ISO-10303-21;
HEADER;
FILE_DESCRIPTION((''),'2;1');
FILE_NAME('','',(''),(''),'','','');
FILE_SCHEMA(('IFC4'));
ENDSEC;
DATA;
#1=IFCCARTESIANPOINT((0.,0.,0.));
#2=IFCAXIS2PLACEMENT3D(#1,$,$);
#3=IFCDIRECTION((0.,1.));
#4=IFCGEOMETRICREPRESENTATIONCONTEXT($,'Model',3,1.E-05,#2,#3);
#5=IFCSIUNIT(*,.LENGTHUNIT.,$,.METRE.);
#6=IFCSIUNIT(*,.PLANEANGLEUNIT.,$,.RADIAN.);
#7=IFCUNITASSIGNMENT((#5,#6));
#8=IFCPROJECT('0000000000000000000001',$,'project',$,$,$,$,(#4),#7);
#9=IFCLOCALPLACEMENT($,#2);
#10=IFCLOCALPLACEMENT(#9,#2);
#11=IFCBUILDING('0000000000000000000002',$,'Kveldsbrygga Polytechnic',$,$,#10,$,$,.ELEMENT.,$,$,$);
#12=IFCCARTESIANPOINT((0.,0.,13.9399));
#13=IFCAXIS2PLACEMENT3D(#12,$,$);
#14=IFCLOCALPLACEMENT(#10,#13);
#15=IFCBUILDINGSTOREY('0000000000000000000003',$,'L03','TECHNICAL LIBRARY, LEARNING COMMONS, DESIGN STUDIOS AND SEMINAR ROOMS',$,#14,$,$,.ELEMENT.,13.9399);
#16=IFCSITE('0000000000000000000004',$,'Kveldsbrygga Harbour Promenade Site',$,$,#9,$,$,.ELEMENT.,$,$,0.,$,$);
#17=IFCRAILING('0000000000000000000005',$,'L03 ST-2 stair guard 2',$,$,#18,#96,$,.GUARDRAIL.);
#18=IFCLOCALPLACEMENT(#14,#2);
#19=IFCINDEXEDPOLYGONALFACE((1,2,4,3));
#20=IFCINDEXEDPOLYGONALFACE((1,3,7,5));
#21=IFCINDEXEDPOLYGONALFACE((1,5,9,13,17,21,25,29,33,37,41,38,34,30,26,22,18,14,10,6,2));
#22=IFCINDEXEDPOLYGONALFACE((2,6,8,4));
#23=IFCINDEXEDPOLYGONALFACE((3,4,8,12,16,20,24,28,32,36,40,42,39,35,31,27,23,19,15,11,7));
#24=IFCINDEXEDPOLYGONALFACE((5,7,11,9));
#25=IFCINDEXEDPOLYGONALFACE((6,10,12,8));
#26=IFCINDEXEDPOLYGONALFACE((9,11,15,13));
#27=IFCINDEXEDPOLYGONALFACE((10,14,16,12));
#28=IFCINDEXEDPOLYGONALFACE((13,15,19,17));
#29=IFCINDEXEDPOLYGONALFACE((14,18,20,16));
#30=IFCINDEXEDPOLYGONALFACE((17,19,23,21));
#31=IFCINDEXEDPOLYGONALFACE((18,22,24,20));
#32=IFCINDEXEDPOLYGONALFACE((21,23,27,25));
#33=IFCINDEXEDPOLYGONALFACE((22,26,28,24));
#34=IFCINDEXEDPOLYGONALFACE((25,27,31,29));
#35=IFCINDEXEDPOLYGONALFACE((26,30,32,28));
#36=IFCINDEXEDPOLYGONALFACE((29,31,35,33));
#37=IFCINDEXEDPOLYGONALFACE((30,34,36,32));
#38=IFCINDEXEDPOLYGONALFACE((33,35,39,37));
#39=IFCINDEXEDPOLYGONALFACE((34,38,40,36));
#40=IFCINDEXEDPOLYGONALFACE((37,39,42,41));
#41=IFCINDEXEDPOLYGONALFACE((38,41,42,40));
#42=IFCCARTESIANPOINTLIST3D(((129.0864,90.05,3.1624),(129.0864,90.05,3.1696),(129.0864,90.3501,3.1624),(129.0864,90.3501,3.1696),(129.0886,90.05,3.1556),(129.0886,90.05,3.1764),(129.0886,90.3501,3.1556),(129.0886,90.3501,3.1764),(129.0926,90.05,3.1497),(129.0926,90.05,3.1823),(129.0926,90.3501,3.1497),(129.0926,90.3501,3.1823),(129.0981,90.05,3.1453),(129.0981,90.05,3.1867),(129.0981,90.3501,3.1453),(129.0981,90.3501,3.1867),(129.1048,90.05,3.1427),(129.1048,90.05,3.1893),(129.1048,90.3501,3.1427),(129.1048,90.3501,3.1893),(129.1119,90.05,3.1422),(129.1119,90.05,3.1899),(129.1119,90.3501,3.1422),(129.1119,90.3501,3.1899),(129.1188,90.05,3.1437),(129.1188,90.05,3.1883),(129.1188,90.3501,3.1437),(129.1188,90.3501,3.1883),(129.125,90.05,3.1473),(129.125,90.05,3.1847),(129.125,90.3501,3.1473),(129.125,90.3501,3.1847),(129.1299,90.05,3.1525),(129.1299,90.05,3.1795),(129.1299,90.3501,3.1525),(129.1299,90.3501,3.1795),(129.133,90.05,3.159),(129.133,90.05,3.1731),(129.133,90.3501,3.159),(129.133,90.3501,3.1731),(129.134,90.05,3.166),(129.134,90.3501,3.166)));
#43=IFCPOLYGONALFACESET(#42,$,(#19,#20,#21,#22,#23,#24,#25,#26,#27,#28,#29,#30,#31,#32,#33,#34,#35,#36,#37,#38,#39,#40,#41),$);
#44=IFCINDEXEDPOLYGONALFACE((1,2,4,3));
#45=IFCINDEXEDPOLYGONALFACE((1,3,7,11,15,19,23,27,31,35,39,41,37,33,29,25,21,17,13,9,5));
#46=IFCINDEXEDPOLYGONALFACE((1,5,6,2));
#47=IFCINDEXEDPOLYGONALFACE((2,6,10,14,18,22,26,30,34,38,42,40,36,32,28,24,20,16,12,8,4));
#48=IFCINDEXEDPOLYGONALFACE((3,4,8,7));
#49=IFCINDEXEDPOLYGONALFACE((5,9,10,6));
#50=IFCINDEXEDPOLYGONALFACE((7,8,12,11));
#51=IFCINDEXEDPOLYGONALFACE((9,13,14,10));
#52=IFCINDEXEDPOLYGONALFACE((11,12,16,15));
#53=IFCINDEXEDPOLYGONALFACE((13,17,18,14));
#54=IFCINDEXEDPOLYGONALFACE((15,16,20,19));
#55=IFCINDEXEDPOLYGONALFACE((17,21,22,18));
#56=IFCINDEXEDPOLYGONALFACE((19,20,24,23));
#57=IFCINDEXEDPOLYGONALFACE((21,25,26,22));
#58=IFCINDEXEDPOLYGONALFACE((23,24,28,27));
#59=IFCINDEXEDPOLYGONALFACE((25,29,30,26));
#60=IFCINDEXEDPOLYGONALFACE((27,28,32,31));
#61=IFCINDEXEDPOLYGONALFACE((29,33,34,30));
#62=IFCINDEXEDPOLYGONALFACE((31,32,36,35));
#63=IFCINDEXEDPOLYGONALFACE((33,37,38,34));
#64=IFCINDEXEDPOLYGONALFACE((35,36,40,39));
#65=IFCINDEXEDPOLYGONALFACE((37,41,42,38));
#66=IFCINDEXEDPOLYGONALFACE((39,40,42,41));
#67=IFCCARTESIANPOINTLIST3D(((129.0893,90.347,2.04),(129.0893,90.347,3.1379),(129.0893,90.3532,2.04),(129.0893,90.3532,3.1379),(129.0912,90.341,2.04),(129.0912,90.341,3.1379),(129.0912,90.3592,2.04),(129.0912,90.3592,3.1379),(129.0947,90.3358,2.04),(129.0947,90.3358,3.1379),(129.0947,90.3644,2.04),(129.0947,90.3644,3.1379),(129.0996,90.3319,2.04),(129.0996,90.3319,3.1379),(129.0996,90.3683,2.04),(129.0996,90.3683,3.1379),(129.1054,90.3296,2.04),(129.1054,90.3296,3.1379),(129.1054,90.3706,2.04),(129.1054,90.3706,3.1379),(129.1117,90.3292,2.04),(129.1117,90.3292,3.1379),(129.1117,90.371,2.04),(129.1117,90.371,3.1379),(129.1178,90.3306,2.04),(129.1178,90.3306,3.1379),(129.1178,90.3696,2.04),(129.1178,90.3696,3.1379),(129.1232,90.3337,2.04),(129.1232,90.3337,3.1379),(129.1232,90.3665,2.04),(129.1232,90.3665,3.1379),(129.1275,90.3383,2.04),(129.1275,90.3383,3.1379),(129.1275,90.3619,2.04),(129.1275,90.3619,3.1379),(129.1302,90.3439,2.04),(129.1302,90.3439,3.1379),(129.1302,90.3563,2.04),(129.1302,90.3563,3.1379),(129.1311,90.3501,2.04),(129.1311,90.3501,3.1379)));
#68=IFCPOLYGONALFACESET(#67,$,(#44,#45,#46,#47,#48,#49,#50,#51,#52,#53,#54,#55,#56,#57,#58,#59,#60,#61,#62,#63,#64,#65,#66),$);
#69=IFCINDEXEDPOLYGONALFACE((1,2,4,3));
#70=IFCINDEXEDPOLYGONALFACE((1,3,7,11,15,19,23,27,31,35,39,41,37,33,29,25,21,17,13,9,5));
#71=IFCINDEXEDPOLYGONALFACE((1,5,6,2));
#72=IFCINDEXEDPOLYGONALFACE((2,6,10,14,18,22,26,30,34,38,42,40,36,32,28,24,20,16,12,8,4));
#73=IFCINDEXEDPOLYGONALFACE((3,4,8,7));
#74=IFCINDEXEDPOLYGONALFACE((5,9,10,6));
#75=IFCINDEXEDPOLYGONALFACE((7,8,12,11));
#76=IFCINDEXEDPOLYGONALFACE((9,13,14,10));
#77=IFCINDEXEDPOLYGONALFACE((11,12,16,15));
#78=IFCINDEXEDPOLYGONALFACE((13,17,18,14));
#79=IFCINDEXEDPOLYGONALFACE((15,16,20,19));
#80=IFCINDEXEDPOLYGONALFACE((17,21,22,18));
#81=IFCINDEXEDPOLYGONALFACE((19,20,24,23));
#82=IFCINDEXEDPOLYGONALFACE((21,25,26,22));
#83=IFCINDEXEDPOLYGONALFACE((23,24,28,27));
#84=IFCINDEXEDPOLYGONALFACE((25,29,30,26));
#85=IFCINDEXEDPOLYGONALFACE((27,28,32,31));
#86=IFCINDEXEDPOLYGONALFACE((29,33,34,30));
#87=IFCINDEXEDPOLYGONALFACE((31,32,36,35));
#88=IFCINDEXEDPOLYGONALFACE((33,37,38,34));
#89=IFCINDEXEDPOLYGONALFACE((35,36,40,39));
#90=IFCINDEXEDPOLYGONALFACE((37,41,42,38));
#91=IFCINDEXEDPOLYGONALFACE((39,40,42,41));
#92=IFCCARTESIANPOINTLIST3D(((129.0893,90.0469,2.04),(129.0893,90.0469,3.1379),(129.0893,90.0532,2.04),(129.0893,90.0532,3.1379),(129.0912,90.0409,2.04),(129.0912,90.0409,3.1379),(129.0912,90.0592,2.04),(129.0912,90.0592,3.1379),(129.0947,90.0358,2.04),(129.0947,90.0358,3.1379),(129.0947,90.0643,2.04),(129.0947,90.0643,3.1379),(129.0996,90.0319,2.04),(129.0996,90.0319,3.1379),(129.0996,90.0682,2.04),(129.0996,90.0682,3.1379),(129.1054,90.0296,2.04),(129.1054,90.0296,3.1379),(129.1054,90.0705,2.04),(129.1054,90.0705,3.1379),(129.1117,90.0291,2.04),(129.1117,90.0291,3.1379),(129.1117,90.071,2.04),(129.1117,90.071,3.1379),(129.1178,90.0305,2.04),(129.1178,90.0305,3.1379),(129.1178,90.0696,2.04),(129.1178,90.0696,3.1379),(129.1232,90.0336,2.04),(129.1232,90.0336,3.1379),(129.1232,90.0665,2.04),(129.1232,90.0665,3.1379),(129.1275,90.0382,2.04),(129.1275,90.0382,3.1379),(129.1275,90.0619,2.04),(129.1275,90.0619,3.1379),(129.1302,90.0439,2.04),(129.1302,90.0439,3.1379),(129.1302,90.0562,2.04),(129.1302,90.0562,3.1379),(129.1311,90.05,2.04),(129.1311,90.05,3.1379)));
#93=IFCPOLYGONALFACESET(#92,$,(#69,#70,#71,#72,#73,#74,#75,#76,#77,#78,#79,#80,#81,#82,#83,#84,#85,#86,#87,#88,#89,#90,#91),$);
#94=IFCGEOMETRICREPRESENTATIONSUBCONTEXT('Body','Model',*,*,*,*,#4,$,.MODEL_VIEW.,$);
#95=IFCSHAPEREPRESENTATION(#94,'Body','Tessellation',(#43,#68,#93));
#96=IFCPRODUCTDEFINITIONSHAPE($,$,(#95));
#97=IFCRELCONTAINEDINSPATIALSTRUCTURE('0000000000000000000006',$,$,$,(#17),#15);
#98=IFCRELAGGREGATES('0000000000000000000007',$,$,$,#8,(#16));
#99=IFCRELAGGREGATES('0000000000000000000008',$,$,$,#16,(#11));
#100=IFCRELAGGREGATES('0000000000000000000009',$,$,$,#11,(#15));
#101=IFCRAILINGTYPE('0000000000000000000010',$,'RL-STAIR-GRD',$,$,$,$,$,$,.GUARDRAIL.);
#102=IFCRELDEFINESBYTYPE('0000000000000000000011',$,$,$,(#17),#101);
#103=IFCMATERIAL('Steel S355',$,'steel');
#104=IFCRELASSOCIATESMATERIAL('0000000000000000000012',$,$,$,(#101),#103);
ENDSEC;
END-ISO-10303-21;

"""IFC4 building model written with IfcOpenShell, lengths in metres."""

from ifc_helpers import new_model, si_unit, direction, frame, origin, origin_2d, place, context, subcontext, project, spatial, circle, extrude, material, type_object, element, save


model = new_model("IFC4")

# Units and contexts
model_context = context("Model", 3, precision=1e-05, world=origin(), true_north=direction((0.0, 1.0)))
body_context = subcontext(model_context, "Body", "Model", "MODEL_VIEW")
ifc_project = project(units=[si_unit("LENGTHUNIT", "METRE"), si_unit("PLANEANGLEUNIT", "RADIAN")], contexts=[model_context])

# Site, building, storey
site_placement = place(None, origin())
site = spatial("IfcSite", under=ifc_project, at=site_placement, Name="Kveldsbrygga Harbour Promenade Site", CompositionType="ELEMENT", RefElevation=0.0)
building_placement = place(site_placement, origin())
building = spatial("IfcBuilding", under=site, at=building_placement, Name="Kveldsbrygga Polytechnic", CompositionType="ELEMENT")
storey_placement = place(building_placement, frame((0.0, 0.0, 13.9399)))
storey = spatial("IfcBuildingStorey", under=building, at=storey_placement, Name="L03", Description="TECHNICAL LIBRARY, LEARNING COMMONS, DESIGN STUDIOS AND SEMINAR ROOMS", CompositionType="ELEMENT", Elevation=13.9399)

# Railing
ifc_material_1 = material(Name="Steel S355", Category="steel")
railing_type_1 = type_object("IfcRailingType", Name="RL-STAIR-GRD", PredefinedType="GUARDRAIL", material=ifc_material_1)
railing_1_placement = place(storey_placement, frame((129.1101, 90.3501, 2.04)))
element("IfcRailing", 1, at=railing_1_placement, inside=storey, type_object=railing_type_1, Name="L03 ST-2 stair guard 2", PredefinedType="GUARDRAIL", context=body_context, shape_type="SweptSolid", body=[
    extrude(circle(Radius=0.0239, at=origin_2d()), frame((0.0, 0.0, 1.126), z_axis=(0.0, -1.0, 0.0), x_axis=(1.0, 0.0, 0.0)), (0.0, 0.0, 1.0), 0.3),
    extrude(circle(Radius=0.021, at=origin_2d()), origin(), (0.0, 0.0, 1.0), 1.0979),
    extrude(circle(Radius=0.021, at=origin_2d()), frame((0.0, -0.3, 0.0)), (0.0, 0.0, 1.0), 1.0979),
])

save(model, "model.ifc")
